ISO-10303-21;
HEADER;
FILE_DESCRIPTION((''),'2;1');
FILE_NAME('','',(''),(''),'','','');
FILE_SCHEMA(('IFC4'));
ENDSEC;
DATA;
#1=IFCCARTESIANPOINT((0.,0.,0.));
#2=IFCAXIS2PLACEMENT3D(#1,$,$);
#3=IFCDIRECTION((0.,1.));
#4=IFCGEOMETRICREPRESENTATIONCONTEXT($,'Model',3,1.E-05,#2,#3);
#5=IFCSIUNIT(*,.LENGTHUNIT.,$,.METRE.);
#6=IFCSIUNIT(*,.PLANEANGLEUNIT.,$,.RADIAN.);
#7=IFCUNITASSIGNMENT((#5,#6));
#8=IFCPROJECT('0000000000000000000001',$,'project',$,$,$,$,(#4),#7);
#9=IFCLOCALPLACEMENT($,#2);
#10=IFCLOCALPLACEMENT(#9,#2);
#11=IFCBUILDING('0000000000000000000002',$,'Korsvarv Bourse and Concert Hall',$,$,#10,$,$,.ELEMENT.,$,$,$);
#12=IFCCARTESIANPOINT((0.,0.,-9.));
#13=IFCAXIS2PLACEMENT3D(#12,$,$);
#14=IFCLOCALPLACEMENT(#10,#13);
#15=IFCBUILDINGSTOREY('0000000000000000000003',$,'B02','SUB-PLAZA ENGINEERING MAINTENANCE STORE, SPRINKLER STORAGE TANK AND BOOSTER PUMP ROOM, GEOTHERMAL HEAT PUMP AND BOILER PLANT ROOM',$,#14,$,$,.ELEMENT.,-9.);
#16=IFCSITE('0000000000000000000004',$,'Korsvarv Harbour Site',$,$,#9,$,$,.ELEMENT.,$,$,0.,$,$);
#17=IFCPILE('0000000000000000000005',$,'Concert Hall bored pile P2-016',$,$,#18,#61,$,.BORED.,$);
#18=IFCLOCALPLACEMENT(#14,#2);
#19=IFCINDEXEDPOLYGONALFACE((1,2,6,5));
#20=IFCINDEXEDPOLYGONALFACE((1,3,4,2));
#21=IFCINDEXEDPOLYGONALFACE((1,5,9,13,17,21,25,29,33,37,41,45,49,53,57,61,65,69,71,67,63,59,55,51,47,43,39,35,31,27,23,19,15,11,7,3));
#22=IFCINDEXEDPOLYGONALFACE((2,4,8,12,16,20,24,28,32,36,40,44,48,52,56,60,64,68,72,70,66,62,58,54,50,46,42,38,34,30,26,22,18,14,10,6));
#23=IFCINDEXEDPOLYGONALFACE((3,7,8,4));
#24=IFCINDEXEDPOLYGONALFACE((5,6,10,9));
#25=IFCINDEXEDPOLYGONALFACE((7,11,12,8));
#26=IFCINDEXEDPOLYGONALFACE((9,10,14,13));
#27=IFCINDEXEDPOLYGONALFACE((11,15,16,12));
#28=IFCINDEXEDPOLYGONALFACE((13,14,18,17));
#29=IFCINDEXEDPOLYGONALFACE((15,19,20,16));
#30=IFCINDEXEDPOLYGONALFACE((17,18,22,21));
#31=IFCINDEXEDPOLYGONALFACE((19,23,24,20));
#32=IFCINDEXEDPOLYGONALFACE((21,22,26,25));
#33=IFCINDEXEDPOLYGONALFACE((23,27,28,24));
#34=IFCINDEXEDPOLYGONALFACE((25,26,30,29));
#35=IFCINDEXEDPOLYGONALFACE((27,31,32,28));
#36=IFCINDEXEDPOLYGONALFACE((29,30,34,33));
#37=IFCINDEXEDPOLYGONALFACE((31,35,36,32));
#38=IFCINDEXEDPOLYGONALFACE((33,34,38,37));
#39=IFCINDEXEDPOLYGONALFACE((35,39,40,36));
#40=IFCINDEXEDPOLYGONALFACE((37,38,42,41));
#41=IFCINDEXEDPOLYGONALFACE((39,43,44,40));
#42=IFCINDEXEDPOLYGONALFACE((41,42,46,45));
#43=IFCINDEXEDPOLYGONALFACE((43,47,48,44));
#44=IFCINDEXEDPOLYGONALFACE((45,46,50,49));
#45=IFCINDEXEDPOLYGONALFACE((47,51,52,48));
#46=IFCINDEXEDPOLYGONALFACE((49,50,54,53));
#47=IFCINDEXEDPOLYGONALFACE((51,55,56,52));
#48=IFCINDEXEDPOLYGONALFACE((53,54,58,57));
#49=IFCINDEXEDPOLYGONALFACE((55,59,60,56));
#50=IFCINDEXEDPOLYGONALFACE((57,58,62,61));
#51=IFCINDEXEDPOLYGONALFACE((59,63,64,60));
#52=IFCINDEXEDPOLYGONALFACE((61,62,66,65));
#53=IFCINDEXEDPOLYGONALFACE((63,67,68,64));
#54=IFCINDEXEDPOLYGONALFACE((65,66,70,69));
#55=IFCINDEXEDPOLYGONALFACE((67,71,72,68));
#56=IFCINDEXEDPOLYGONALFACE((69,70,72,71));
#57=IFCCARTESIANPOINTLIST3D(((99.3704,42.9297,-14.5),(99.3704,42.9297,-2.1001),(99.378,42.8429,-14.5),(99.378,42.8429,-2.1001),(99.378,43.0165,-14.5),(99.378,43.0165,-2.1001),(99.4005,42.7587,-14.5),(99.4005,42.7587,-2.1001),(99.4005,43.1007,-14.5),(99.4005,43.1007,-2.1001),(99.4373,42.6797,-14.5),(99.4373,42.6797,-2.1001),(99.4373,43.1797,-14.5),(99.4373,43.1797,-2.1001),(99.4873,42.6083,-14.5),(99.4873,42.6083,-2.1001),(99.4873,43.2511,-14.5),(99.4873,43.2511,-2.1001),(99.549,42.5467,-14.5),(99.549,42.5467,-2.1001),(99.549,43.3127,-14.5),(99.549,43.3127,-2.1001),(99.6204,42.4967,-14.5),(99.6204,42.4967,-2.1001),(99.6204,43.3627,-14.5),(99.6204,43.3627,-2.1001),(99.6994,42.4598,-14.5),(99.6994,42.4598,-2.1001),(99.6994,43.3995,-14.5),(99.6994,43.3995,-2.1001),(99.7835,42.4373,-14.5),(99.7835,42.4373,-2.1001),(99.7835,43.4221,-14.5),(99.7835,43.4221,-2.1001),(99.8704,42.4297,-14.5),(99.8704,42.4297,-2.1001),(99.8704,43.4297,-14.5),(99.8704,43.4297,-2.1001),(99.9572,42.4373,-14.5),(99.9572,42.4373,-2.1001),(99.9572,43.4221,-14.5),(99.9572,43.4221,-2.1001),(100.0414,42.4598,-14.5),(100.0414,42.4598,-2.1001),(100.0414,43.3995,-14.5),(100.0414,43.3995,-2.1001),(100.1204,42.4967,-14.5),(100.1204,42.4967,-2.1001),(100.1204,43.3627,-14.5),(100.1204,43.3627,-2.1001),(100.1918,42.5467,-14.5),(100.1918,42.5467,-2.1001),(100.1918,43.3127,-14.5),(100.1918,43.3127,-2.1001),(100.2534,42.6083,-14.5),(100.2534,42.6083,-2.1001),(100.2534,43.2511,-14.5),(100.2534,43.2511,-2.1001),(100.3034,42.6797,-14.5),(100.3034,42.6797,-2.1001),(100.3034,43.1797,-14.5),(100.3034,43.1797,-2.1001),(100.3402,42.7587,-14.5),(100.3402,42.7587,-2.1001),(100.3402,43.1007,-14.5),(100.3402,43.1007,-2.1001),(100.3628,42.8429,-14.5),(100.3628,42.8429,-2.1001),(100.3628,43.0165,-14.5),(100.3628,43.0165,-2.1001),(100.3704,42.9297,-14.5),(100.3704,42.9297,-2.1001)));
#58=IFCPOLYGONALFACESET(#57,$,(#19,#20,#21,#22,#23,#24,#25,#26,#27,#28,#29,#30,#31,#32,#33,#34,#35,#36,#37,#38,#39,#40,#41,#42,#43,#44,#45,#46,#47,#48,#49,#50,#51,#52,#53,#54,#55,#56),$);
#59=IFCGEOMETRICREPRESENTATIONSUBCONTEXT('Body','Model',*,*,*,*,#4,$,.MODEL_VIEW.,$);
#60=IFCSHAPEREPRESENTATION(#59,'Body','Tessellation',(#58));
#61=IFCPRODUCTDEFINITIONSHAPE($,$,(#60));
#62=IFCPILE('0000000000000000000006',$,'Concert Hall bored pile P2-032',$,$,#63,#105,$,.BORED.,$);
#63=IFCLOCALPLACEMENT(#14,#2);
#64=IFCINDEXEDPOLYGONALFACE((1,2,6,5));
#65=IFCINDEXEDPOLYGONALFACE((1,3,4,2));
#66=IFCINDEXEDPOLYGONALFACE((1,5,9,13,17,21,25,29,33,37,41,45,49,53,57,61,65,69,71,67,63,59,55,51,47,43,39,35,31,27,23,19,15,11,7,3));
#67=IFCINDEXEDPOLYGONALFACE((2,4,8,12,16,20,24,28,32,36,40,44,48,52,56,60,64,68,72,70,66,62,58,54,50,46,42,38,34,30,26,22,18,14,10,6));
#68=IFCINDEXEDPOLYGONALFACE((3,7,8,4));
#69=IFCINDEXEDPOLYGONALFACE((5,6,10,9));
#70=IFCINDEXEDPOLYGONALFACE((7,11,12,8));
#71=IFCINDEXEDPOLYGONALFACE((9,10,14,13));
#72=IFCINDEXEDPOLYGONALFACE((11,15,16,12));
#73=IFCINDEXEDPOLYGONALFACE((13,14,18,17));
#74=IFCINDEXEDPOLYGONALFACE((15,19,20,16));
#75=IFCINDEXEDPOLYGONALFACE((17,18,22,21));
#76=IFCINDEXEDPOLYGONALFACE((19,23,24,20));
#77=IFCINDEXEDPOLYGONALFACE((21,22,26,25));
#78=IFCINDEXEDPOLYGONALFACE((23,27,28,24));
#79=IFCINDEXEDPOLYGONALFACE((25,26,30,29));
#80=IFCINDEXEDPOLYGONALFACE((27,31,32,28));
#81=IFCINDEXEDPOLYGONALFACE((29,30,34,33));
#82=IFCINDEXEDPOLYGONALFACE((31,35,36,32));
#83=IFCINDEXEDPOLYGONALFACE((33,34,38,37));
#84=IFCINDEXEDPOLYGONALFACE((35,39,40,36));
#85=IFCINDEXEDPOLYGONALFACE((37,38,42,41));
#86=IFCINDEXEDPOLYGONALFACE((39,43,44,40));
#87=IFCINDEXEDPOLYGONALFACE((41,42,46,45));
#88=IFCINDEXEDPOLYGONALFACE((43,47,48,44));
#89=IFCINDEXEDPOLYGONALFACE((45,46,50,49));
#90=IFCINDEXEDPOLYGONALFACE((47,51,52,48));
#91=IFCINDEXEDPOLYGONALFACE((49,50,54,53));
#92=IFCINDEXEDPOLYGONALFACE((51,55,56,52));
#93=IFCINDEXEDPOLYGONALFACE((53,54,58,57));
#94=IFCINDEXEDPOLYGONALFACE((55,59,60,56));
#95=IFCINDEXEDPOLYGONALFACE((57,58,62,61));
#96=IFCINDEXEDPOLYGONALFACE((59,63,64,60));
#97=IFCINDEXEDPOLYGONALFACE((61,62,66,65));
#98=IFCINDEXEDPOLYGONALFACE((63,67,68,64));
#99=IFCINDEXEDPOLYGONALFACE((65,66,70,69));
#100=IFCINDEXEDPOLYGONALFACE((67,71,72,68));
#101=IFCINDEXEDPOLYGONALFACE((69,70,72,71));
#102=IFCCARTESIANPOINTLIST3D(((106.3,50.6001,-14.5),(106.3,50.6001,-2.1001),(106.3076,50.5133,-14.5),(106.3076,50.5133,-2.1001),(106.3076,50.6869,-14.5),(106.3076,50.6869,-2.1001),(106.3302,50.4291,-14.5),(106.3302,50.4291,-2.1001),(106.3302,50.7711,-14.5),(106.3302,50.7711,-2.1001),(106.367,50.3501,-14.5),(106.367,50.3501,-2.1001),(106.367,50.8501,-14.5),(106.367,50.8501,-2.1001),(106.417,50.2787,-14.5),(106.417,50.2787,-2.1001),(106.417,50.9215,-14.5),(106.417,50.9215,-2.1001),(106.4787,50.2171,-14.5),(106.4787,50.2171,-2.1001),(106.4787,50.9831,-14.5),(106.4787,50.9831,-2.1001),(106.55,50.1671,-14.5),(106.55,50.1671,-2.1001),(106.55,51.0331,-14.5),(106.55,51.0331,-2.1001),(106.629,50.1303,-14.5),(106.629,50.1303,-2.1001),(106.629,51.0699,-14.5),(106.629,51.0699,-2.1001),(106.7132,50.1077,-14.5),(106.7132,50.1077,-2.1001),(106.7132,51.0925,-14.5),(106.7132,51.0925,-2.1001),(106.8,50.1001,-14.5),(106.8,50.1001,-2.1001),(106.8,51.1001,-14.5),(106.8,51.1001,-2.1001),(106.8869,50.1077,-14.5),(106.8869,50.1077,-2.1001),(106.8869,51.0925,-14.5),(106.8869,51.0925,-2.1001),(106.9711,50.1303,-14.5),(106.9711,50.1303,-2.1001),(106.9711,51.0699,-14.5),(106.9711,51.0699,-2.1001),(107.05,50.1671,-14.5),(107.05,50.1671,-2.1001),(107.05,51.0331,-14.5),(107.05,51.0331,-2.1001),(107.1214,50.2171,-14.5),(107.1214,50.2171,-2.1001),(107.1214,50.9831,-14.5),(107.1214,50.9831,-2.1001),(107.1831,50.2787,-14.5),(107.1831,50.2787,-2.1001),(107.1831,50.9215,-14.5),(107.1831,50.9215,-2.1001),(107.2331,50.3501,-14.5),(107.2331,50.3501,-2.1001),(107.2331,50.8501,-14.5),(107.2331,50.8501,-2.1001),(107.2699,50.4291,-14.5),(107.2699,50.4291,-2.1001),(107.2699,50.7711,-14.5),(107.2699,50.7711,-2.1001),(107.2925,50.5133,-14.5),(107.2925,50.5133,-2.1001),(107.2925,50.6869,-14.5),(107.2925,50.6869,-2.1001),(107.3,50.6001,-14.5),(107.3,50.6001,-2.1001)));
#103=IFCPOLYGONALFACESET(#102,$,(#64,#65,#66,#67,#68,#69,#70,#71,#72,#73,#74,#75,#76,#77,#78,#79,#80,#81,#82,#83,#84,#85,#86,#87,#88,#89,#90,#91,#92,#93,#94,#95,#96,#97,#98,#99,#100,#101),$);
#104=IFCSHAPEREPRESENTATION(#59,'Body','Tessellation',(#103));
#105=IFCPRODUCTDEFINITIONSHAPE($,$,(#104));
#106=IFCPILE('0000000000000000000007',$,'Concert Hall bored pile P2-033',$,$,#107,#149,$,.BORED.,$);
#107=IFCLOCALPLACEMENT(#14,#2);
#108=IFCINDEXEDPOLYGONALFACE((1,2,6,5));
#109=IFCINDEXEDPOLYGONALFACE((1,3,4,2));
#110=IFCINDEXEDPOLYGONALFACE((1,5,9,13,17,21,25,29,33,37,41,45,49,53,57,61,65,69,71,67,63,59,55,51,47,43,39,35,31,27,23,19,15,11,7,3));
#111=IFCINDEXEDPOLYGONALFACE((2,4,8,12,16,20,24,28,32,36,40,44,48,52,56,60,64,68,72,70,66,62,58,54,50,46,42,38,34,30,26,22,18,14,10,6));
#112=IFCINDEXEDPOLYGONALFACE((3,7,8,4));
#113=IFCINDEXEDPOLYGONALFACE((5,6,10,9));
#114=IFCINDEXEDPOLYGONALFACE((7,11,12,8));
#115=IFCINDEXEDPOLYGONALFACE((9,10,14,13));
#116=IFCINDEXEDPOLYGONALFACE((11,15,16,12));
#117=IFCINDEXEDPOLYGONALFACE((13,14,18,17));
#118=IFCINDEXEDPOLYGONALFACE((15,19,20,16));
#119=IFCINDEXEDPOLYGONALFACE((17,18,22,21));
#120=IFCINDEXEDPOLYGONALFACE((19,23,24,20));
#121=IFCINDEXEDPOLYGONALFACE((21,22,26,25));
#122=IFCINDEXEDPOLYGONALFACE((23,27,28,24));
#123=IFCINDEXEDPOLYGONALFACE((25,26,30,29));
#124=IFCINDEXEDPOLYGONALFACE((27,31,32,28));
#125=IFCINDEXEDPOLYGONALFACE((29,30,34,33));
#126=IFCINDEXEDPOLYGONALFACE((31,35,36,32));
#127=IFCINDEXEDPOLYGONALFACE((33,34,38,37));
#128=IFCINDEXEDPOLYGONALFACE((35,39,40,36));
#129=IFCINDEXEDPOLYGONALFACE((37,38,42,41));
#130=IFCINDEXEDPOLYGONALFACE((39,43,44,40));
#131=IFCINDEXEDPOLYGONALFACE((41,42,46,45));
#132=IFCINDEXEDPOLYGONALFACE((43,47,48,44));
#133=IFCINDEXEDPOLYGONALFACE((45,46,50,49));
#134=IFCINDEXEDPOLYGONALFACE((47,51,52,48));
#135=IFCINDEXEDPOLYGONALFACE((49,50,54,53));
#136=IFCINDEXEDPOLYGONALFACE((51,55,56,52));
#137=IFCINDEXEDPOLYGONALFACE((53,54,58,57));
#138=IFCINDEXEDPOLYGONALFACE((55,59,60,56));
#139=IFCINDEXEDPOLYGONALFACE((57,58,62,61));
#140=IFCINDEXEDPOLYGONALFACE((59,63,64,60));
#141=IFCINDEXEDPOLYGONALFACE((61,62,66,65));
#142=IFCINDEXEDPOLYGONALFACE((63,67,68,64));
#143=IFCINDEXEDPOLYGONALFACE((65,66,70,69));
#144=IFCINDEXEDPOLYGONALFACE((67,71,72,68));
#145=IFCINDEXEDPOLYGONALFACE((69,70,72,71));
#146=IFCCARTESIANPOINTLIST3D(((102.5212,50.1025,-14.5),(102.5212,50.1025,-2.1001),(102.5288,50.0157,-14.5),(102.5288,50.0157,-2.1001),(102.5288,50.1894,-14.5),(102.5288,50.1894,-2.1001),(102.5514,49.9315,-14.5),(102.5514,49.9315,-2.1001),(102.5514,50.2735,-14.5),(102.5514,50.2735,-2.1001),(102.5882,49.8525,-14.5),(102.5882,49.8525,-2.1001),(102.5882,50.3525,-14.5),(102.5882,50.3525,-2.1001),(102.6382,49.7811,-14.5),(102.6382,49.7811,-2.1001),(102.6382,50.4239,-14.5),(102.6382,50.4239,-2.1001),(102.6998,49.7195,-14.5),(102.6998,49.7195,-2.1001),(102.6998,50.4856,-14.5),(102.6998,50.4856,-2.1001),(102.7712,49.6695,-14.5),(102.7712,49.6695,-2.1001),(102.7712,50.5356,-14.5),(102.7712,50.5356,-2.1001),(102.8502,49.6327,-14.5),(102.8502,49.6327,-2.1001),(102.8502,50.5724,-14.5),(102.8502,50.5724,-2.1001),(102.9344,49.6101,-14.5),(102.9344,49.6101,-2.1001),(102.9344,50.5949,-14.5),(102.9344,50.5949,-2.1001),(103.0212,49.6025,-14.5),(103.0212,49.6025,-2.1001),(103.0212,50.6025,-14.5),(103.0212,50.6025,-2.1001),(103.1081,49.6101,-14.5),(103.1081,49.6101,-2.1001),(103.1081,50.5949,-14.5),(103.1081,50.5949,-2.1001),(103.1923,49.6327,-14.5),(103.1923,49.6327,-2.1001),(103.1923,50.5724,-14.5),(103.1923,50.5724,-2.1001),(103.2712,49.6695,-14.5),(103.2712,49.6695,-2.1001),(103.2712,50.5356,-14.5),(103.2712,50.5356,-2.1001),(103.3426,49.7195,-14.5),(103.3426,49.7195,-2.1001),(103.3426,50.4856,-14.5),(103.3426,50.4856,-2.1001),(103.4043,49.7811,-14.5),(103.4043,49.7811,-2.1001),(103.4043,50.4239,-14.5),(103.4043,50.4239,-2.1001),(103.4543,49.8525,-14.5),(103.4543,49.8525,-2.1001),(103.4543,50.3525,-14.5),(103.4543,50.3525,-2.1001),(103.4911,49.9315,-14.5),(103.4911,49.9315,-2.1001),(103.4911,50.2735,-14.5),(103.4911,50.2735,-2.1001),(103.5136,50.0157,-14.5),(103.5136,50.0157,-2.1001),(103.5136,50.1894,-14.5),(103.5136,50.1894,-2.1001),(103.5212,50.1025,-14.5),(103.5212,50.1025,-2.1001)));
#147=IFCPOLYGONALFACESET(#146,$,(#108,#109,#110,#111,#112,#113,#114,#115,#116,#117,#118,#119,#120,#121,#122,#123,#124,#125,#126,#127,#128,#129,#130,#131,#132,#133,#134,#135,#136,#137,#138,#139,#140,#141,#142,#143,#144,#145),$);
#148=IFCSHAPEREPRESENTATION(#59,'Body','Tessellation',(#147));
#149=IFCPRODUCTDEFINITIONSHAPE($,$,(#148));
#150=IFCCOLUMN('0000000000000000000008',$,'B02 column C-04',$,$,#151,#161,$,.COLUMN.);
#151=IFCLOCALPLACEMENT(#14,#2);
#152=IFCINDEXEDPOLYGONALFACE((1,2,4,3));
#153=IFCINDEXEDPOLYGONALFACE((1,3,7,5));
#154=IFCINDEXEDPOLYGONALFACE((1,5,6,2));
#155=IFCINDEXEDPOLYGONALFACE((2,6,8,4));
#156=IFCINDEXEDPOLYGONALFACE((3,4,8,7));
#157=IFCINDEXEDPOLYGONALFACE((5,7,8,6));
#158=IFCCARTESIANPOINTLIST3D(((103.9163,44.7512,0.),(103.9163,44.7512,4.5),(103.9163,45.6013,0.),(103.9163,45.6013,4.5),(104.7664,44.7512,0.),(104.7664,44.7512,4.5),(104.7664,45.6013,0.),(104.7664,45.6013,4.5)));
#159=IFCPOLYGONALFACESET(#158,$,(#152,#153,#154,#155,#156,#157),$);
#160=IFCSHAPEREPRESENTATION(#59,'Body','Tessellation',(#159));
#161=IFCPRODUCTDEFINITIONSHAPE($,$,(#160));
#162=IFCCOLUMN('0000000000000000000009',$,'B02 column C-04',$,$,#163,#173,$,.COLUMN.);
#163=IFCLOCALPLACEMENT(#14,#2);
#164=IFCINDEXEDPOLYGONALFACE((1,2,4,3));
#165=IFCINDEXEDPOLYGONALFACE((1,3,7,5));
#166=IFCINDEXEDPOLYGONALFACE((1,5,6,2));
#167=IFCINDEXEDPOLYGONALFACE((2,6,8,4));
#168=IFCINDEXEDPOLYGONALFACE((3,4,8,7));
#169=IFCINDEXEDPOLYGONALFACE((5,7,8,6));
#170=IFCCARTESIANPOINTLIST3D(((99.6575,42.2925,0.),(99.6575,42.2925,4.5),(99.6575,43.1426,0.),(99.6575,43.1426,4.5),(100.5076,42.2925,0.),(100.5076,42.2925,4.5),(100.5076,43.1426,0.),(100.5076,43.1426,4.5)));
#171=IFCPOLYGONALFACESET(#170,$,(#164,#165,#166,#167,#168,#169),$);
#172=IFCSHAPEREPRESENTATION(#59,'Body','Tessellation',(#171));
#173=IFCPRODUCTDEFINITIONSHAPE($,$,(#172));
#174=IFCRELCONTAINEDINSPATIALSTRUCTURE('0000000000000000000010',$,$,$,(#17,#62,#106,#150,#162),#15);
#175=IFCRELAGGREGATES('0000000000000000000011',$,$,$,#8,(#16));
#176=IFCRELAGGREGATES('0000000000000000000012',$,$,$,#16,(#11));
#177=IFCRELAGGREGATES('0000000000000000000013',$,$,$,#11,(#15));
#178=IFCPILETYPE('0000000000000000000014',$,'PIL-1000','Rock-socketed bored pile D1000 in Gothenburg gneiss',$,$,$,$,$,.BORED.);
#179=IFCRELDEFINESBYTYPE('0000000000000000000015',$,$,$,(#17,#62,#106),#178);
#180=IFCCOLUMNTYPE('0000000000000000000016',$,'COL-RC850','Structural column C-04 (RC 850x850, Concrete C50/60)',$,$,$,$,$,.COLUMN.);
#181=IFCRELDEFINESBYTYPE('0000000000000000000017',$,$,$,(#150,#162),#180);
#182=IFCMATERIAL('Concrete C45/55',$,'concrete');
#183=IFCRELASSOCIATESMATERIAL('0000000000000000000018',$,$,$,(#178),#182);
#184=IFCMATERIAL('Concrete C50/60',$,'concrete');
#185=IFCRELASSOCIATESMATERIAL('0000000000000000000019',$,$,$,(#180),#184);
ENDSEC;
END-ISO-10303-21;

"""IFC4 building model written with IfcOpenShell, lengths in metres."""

from ifc_helpers import new_model, si_unit, direction, frame, origin, origin_2d, place, context, subcontext, project, spatial, rectangle, circle, extrude, source, transform, mapped, material, material_profile, profile_set, type_object, element, save


model = new_model("IFC4")

# Units and contexts
model_context = context("Model", 3, precision=1e-05, world=origin(), true_north=direction((0.0, 1.0)))
body_context = subcontext(model_context, "Body", "Model", "MODEL_VIEW")
ifc_project = project(units=[si_unit("LENGTHUNIT", "METRE"), si_unit("PLANEANGLEUNIT", "RADIAN")], contexts=[model_context])

# Site, building, storey
site_placement = place(None, origin())
site = spatial("IfcSite", under=ifc_project, at=site_placement, Name="Korsvarv Harbour Site", CompositionType="ELEMENT", RefElevation=0.0)
building_placement = place(site_placement, origin())
building = spatial("IfcBuilding", under=site, at=building_placement, Name="Korsvarv Bourse and Concert Hall", CompositionType="ELEMENT")
storey_placement = place(building_placement, frame((0.0, 0.0, -9.0)))
storey = spatial("IfcBuildingStorey", under=building, at=storey_placement, Name="B02", Description="SUB-PLAZA ENGINEERING MAINTENANCE STORE, SPRINKLER STORAGE TANK AND BOOSTER PUMP ROOM, GEOTHERMAL HEAT PUMP AND BOILER PLANT ROOM", CompositionType="ELEMENT", Elevation=-9.0)

# Piles
ifc_material_1 = material(Name="Concrete C45/55", Category="concrete")
ifc_material_profile_1 = material_profile(ifc_material_1, circle(Radius=0.5, at=origin_2d()), Name="PILE D1000")
ifc_profile_set_1 = profile_set([ifc_material_profile_1], Name="Concrete C45/55")
pile_type = type_object("IfcPileType", Name="PIL-1000", Description="Rock-socketed bored pile D1000 in Gothenburg gneiss", PredefinedType="BORED", material=ifc_profile_set_1)
shared_shape_1 = source(origin(), body_context, "Body", "SweptSolid", [
    extrude(circle(Radius=0.5, at=origin_2d()), origin(), (0.0, 0.0, 1.0), 12.3999),
])
for number, where, z_axis, x_axis, name in (
    (1, (99.8704, 42.9297, -2.1001), (0.0, 0.0, -1.0), (1.0, 0.0, 0.0), "Concert Hall bored pile P2-016"),
    (2, (106.8, 50.6001, -2.1001), (0.0, 0.0, -1.0), (1.0, 0.0, 0.0), "Concert Hall bored pile P2-032"),
    (3, (103.0212, 50.1025, -2.1001), (0.0, 0.0, -1.0), (1.0, 0.0, 0.0), "Concert Hall bored pile P2-033"),
):
    element("IfcPile", number, at=place(storey_placement, frame(where, z_axis=z_axis, x_axis=x_axis)), inside=storey, type_object=pile_type, Name=name, PredefinedType="BORED", context=body_context, shape_type="MappedRepresentation", body=[
        mapped(shared_shape_1, transform((0.0, 0.0, 0.0), scale=1.0)),
    ])

# Columns
ifc_material_2 = material(Name="Concrete C50/60", Category="concrete")
ifc_material_profile_2 = material_profile(ifc_material_2, rectangle(XDim=0.8501, YDim=0.8501, at=origin_2d()), Name="RC 850x850")
ifc_profile_set_2 = profile_set([ifc_material_profile_2], Name="Concrete C50/60")
column_type_1 = type_object("IfcColumnType", Name="COL-RC850", Description="Structural column C-04 (RC 850x850, Concrete C50/60)", PredefinedType="COLUMN", material=ifc_profile_set_2)
shared_shape_2 = source(origin(), body_context, "Body", "SweptSolid", [
    extrude(rectangle(XDim=0.8501, YDim=0.8501, at=origin_2d()), origin(), (0.0, 0.0, 1.0), 4.5),
])
for number, where, z_axis, x_axis, name in (
    (4, (104.3413, 45.1763, 0.0), (0.0, 0.0, 1.0), (1.0, 0.0, 0.0), "B02 column C-04"),
    (5, (100.0825, 42.7175, 0.0), (0.0, 0.0, 1.0), (1.0, 0.0, 0.0), "B02 column C-04"),
):
    element("IfcColumn", number, at=place(storey_placement, frame(where, z_axis=z_axis, x_axis=x_axis)), inside=storey, type_object=column_type_1, Name=name, PredefinedType="COLUMN", context=body_context, shape_type="MappedRepresentation", body=[
        mapped(shared_shape_2, transform((0.0, 0.0, 0.0), scale=1.0)),
    ])

save(model, "model.ifc")
